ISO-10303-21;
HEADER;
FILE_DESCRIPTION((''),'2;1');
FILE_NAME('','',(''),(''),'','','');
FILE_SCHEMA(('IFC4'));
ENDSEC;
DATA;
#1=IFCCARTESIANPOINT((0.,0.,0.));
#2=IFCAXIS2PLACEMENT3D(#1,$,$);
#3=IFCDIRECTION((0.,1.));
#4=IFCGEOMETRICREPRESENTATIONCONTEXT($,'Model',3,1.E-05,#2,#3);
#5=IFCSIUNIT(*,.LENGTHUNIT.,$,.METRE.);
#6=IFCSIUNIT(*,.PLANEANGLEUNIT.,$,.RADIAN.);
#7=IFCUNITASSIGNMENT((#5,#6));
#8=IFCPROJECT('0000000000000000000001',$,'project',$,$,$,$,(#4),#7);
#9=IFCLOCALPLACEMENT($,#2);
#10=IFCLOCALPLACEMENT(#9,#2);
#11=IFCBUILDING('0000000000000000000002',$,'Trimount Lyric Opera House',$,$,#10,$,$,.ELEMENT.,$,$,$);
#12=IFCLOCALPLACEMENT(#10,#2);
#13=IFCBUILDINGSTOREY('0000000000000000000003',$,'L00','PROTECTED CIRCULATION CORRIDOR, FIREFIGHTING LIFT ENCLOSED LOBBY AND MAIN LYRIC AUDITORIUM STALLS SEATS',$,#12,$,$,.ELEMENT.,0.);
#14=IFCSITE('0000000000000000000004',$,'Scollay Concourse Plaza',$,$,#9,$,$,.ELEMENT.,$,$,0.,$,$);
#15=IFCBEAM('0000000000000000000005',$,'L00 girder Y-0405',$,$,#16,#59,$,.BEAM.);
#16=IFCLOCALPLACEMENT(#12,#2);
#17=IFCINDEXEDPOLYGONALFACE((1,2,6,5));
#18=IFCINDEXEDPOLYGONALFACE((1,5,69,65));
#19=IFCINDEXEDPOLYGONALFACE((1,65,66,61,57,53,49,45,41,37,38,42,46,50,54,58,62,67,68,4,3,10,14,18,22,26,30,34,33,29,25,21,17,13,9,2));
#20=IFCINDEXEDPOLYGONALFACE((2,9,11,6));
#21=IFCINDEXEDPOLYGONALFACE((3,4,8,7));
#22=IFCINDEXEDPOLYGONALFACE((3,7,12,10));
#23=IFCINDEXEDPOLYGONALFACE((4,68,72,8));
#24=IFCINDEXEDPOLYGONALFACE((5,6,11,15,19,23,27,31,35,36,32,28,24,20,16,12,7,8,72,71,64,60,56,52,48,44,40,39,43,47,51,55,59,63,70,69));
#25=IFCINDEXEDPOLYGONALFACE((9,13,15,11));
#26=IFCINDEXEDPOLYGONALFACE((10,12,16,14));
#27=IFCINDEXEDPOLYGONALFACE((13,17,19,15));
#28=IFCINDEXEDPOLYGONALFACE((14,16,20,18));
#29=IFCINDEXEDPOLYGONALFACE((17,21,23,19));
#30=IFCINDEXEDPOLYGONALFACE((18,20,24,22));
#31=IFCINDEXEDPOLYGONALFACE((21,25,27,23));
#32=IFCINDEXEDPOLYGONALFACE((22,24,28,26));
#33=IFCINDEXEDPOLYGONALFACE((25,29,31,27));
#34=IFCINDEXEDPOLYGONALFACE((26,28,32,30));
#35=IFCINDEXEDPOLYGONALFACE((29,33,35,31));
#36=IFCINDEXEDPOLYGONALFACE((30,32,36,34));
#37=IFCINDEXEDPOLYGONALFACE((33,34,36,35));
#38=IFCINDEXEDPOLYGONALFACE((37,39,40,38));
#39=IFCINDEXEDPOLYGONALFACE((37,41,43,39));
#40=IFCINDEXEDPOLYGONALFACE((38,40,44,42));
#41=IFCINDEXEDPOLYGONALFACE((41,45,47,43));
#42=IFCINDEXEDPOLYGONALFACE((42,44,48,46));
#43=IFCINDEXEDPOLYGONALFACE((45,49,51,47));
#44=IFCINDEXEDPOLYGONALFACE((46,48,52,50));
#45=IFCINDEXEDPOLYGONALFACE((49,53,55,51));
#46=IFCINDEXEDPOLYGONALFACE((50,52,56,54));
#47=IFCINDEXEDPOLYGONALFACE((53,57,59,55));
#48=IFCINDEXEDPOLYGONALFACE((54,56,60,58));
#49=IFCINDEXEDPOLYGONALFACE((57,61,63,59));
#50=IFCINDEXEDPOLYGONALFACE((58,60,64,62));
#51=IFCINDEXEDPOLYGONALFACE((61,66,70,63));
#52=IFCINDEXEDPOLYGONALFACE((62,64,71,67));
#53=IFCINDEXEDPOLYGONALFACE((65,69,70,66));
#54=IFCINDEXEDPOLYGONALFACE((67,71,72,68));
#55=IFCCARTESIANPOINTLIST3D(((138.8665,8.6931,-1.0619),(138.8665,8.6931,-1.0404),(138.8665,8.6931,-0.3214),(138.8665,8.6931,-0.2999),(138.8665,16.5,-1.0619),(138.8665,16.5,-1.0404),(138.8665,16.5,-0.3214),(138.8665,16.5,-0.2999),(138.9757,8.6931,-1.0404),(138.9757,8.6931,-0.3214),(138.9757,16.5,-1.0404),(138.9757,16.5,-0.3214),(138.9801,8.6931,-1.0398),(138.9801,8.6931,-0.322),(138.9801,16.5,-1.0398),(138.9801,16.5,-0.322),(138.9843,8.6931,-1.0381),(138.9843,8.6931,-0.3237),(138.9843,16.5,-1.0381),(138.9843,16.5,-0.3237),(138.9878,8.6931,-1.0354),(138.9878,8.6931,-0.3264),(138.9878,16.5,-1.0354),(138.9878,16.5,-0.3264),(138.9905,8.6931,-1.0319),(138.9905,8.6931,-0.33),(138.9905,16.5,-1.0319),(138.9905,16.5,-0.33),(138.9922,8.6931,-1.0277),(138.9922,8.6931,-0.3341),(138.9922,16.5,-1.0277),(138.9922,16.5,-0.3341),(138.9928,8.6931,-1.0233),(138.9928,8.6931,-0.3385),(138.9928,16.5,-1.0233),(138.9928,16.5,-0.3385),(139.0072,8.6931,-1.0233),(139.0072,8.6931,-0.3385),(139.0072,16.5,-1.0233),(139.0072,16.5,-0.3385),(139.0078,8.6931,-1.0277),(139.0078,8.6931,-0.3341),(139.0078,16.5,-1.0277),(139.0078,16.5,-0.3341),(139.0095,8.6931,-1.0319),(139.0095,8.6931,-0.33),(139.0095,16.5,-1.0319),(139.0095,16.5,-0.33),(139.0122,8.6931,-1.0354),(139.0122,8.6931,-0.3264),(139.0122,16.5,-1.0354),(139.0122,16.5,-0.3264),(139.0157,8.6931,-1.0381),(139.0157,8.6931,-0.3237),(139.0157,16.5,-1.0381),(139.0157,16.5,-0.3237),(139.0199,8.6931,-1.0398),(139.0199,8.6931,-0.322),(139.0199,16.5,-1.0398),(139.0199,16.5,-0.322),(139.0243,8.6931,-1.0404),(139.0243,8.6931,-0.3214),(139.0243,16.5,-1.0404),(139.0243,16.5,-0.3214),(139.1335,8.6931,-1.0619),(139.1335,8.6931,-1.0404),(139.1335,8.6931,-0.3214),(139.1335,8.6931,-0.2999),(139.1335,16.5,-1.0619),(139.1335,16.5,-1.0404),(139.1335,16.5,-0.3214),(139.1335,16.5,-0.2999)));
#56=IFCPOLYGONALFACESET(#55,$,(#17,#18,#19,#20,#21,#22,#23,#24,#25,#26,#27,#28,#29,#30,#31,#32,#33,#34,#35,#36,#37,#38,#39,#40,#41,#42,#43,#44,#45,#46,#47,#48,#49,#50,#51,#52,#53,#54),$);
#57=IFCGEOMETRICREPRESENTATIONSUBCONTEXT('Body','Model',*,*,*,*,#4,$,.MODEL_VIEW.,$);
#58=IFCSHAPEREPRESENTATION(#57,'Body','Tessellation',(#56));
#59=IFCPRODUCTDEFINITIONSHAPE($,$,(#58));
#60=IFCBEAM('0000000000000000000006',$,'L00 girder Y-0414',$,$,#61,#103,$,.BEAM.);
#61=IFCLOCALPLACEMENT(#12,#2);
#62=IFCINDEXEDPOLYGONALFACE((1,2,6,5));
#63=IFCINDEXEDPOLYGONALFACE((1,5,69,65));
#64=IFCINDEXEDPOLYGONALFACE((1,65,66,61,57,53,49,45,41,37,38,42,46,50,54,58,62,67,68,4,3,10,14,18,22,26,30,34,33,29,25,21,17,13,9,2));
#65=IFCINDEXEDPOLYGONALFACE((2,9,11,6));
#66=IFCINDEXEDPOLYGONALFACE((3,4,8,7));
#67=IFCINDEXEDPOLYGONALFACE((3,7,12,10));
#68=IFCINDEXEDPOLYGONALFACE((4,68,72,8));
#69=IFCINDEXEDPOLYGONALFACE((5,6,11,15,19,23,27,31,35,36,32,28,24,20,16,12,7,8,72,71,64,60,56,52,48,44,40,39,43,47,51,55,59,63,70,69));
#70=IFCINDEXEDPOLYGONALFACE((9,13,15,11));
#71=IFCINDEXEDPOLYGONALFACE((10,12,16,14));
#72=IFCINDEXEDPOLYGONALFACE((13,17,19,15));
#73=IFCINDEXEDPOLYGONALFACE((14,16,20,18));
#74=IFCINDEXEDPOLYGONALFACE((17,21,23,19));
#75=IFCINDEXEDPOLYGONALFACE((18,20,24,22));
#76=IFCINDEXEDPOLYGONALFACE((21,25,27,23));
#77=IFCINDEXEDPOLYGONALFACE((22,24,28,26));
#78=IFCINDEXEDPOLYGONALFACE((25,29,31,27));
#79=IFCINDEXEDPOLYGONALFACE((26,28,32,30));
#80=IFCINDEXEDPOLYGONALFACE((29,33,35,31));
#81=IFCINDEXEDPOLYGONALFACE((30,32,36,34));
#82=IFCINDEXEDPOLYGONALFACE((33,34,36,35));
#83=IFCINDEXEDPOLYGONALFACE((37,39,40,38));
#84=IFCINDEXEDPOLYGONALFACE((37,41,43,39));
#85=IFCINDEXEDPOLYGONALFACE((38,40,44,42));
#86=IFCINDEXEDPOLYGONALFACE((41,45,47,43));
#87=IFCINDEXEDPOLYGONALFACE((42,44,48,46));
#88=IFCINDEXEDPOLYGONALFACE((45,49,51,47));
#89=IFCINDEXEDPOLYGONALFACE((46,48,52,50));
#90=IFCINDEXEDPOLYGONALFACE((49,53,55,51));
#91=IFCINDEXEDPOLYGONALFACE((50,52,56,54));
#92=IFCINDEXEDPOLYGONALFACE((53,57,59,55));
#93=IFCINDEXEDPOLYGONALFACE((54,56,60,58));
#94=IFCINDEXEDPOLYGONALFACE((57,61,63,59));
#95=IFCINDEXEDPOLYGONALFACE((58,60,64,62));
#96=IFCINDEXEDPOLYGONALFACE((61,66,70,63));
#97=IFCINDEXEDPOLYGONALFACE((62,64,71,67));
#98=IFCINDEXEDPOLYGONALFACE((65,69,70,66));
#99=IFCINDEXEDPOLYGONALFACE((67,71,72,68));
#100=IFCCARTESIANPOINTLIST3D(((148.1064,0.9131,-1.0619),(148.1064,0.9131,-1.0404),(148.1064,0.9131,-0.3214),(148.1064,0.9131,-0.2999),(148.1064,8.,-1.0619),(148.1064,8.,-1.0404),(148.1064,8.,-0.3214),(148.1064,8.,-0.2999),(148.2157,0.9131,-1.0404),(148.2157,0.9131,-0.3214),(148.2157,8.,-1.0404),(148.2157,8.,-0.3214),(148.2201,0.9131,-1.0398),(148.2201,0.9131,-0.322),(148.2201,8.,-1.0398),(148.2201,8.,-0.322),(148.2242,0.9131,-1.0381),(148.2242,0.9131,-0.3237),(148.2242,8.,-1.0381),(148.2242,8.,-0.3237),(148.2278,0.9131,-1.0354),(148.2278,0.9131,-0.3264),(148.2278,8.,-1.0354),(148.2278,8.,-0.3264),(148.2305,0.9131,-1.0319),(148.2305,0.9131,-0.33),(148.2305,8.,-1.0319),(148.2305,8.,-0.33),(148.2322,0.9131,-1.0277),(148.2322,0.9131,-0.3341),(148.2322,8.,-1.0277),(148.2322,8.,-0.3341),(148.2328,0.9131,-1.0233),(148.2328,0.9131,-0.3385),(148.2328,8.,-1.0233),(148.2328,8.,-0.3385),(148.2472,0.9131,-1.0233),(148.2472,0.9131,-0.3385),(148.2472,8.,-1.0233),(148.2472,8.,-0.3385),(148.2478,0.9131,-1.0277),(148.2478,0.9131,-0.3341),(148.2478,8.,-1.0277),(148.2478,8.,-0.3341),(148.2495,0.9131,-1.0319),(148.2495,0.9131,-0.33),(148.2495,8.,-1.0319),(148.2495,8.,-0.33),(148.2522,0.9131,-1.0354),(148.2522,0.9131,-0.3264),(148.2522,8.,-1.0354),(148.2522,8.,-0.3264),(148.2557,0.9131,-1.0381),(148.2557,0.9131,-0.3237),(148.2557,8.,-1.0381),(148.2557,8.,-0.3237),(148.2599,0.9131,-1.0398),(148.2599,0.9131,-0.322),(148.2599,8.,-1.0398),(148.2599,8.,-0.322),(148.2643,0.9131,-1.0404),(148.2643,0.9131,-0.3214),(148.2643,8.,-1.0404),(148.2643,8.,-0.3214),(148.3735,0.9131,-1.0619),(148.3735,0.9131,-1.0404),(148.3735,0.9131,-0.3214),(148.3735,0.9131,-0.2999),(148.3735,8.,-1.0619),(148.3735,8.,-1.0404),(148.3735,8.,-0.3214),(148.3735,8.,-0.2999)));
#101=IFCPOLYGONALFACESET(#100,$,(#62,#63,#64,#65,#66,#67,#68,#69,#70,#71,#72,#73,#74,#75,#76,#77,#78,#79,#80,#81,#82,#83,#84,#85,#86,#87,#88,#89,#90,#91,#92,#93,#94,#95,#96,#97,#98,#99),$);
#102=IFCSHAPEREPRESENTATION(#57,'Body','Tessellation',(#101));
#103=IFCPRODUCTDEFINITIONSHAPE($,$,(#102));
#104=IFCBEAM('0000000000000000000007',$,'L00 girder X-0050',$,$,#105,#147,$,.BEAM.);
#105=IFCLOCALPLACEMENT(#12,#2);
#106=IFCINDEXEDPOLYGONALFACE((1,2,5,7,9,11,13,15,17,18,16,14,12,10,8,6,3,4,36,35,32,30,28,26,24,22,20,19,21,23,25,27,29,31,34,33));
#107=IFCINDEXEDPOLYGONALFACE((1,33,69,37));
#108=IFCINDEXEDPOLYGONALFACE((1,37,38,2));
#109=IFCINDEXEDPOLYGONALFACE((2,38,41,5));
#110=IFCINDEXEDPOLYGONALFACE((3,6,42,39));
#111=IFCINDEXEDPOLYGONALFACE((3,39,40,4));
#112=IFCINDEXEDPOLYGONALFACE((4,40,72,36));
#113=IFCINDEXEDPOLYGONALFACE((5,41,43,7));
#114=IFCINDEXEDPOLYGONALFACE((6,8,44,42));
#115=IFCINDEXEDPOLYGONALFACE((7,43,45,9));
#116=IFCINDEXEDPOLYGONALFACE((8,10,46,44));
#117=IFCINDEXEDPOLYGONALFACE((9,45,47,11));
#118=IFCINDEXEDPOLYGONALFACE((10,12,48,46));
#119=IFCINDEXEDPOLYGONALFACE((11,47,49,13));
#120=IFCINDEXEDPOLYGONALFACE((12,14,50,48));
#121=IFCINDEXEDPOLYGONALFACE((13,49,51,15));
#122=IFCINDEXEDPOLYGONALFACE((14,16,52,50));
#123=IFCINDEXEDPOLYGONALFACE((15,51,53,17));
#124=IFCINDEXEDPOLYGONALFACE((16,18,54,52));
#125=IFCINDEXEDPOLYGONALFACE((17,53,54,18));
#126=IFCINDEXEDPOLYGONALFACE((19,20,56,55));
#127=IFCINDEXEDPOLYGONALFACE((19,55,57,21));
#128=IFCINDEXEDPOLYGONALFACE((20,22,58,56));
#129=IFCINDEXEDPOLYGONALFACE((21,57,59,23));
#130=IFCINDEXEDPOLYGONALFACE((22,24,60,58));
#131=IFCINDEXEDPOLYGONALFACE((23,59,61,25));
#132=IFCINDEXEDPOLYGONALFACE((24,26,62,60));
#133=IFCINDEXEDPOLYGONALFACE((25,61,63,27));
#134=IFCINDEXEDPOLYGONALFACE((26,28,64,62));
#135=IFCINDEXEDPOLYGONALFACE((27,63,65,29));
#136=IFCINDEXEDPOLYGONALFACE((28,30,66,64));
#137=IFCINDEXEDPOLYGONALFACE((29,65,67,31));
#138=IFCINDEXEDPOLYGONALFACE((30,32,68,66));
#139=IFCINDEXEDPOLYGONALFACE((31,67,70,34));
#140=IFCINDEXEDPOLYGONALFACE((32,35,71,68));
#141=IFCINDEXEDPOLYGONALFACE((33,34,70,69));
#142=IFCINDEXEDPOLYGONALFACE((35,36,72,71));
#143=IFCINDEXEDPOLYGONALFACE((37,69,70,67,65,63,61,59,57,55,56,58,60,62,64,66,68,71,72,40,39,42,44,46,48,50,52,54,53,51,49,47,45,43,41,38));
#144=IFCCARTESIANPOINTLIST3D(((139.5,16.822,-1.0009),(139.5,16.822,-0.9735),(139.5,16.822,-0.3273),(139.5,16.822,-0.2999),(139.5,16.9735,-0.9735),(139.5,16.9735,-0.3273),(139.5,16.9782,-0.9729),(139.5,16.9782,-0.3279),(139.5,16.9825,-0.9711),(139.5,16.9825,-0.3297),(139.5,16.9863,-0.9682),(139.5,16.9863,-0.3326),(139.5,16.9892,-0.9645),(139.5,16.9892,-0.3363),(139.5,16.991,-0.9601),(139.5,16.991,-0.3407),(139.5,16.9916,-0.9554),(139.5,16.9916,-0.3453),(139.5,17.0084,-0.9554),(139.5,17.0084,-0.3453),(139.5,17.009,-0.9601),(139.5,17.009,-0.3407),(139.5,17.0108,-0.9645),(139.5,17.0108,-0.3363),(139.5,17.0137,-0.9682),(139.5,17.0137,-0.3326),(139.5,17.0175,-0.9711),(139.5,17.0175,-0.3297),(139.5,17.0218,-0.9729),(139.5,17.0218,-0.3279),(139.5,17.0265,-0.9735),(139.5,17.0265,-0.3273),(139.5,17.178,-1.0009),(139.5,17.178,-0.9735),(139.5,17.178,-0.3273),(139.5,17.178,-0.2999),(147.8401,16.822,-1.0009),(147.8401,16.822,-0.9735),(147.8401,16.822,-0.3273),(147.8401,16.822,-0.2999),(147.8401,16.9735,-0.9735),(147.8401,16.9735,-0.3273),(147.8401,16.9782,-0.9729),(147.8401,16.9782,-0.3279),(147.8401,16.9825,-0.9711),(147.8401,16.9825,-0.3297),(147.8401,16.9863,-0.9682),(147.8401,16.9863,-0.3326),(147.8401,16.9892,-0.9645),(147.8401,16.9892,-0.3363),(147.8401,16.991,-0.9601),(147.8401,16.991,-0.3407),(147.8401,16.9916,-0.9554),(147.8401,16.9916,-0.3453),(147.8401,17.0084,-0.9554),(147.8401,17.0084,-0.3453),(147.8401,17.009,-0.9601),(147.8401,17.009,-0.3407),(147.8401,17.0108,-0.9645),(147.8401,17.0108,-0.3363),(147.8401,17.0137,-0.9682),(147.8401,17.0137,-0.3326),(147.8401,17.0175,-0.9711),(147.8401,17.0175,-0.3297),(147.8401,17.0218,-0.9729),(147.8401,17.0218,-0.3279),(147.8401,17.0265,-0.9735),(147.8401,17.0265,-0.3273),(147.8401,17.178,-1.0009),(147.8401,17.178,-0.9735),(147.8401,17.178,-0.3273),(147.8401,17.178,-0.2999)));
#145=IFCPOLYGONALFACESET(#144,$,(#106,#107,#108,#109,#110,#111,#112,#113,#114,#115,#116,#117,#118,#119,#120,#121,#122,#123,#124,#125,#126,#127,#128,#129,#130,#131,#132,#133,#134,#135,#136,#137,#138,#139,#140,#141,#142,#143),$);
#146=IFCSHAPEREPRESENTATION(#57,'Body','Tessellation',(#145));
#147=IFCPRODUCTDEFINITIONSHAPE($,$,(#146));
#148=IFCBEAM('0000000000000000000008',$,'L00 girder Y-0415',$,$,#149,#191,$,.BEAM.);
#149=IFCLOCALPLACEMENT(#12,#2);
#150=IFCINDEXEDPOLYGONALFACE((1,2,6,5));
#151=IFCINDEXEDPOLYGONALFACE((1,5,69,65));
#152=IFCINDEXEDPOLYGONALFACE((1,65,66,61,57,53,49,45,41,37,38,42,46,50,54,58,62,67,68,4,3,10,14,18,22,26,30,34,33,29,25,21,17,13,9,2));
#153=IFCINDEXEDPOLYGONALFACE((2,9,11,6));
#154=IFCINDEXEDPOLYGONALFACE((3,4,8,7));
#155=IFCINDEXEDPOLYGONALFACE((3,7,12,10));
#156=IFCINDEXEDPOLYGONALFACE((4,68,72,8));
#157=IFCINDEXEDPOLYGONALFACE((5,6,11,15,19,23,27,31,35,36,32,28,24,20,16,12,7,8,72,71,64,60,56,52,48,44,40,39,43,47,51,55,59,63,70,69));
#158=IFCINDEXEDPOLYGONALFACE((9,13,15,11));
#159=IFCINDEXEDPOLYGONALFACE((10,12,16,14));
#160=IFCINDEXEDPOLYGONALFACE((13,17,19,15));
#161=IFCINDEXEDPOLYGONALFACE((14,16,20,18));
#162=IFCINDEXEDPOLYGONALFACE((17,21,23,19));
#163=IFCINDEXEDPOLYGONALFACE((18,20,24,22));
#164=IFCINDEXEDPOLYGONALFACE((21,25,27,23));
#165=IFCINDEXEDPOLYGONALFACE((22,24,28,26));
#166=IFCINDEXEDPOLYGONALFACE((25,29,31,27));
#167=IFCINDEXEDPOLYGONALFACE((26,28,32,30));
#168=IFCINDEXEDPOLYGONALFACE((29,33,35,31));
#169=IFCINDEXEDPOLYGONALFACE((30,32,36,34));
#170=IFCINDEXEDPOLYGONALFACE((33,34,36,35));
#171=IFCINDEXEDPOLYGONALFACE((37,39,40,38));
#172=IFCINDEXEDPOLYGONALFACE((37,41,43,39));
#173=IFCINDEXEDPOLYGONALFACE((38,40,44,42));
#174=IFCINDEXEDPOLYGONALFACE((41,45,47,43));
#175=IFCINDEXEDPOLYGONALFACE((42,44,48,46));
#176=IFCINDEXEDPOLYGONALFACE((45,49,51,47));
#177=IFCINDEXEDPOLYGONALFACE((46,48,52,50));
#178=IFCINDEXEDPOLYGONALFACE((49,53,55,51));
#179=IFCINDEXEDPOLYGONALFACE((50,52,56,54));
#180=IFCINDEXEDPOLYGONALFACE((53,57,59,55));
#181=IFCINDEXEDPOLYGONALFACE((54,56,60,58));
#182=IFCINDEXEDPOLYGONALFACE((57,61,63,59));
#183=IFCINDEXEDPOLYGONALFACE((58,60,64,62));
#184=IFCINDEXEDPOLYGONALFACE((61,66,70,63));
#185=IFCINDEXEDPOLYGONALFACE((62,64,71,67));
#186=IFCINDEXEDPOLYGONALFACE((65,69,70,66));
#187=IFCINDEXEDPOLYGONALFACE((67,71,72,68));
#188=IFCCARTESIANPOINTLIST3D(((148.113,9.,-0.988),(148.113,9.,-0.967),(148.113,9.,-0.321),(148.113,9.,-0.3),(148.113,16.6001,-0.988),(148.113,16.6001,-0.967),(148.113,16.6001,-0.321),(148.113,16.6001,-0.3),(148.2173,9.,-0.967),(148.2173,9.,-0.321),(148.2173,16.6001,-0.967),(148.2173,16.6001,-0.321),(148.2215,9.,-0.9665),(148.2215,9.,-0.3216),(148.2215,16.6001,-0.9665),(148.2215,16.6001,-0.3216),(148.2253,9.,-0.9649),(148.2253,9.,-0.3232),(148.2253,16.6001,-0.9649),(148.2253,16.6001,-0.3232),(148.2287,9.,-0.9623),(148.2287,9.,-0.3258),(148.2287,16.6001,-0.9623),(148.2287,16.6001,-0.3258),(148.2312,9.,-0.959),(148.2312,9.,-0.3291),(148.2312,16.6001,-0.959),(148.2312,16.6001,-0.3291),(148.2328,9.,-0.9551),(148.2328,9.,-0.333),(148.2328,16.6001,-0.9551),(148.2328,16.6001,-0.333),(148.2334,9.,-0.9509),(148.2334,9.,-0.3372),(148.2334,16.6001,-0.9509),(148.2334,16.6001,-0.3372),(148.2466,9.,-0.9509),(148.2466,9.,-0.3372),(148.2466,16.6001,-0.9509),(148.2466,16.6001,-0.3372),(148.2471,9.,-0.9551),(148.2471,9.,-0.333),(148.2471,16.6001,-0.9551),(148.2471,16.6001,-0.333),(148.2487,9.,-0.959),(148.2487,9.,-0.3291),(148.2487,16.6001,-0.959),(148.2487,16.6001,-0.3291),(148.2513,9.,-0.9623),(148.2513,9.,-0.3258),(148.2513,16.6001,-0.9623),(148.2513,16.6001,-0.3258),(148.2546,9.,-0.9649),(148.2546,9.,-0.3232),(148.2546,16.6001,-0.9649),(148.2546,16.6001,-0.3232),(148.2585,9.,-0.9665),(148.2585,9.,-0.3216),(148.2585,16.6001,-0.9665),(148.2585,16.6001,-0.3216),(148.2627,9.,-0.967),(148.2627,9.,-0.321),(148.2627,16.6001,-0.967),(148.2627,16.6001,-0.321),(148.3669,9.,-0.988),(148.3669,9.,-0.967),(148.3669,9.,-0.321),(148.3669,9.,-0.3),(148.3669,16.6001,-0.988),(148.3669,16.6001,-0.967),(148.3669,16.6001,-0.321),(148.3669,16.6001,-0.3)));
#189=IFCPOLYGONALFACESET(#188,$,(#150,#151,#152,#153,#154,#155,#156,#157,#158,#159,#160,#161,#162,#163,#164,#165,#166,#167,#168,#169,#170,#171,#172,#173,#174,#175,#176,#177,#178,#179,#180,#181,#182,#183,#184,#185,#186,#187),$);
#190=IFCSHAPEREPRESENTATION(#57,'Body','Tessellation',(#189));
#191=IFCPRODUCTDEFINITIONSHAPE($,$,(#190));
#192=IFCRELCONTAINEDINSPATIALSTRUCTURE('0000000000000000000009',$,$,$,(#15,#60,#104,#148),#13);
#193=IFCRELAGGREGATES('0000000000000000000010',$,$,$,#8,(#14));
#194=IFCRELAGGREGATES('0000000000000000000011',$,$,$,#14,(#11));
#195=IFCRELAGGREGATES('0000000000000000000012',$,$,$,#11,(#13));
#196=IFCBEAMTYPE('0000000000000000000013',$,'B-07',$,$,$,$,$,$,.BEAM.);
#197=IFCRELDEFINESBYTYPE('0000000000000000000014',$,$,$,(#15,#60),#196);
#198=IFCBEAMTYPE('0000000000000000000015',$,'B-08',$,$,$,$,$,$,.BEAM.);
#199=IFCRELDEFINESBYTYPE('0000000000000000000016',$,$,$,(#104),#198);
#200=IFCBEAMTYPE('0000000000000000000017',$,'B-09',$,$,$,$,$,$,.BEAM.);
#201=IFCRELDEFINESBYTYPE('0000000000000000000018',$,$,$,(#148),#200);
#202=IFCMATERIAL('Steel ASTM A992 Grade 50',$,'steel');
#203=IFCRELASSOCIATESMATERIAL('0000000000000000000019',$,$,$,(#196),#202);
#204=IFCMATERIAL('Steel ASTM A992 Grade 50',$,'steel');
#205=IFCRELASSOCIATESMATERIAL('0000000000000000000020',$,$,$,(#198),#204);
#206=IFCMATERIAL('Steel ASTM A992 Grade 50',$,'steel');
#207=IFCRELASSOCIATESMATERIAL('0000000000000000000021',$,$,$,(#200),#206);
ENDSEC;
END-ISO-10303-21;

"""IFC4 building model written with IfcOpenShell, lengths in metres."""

from ifc_helpers import new_model, si_unit, direction, frame, origin, origin_2d, place, context, subcontext, project, spatial, i_section, extrude, material, material_profile, profile_set, type_object, element, save


model = new_model("IFC4")

# Units and contexts
model_context = context("Model", 3, precision=1e-05, world=origin(), true_north=direction((0.0, 1.0)))
body_context = subcontext(model_context, "Body", "Model", "MODEL_VIEW")
ifc_project = project(units=[si_unit("LENGTHUNIT", "METRE"), si_unit("PLANEANGLEUNIT", "RADIAN")], contexts=[model_context])

# Site, building, storey
site_placement = place(None, origin())
site = spatial("IfcSite", under=ifc_project, at=site_placement, Name="Scollay Concourse Plaza", CompositionType="ELEMENT", RefElevation=0.0)
building_placement = place(site_placement, origin())
building = spatial("IfcBuilding", under=site, at=building_placement, Name="Trimount Lyric Opera House", CompositionType="ELEMENT")
storey_placement = place(building_placement, origin())
storey = spatial("IfcBuildingStorey", under=building, at=storey_placement, Name="L00", Description="PROTECTED CIRCULATION CORRIDOR, FIREFIGHTING LIFT ENCLOSED LOBBY AND MAIN LYRIC AUDITORIUM STALLS SEATS", CompositionType="ELEMENT", Elevation=0.0)

# Beams
ifc_material_1 = material(Name="Steel ASTM A992 Grade 50", Category="steel")
ifc_material_profile_1 = material_profile(ifc_material_1, i_section(OverallWidth=0.2671, OverallDepth=0.762, WebThickness=0.0144, FlangeThickness=0.0215, FilletRadius=0.0171, at=origin_2d()), Name="W30X116")
ifc_profile_set_1 = profile_set([ifc_material_profile_1], Name="Steel ASTM A992 Grade 50")
beam_type_1 = type_object("IfcBeamType", Name="B-07", PredefinedType="BEAM", material=ifc_profile_set_1)
beam_1_placement = place(storey_placement, frame((139.0, 8.6931, -0.6809), z_axis=(0.0, 1.0, 0.0), x_axis=(-1.0, 0.0, 0.0)))
element("IfcBeam", 1, at=beam_1_placement, inside=storey, type_object=beam_type_1, Name="L00 girder Y-0405", PredefinedType="BEAM", context=body_context, shape_type="SweptSolid", body=[
    extrude(i_section(OverallWidth=0.2671, OverallDepth=0.762, WebThickness=0.0144, FlangeThickness=0.0215, FilletRadius=0.0171, at=origin_2d()), origin(), (0.0, 0.0, 1.0), 7.8069),
])
beam_2_placement = place(storey_placement, frame((148.24, 0.9131, -0.6809), z_axis=(0.0, 1.0, 0.0), x_axis=(-1.0, 0.0, 0.0)))
element("IfcBeam", 2, at=beam_2_placement, inside=storey, type_object=beam_type_1, Name="L00 girder Y-0414", PredefinedType="BEAM", context=body_context, shape_type="SweptSolid", body=[
    extrude(i_section(OverallWidth=0.2671, OverallDepth=0.762, WebThickness=0.0144, FlangeThickness=0.0215, FilletRadius=0.0171, at=origin_2d()), origin(), (0.0, 0.0, 1.0), 7.0869),
])
ifc_material_2 = material(Name="Steel ASTM A992 Grade 50", Category="steel")
ifc_material_profile_2 = material_profile(ifc_material_2, i_section(OverallWidth=0.356, OverallDepth=0.7009, WebThickness=0.0168, FlangeThickness=0.0273, FilletRadius=0.0181, at=origin_2d()), Name="W27X161")
ifc_profile_set_2 = profile_set([ifc_material_profile_2], Name="Steel ASTM A992 Grade 50")
beam_type_2 = type_object("IfcBeamType", Name="B-08", PredefinedType="BEAM", material=ifc_profile_set_2)
beam_3_placement = place(storey_placement, frame((139.5, 17.0, -0.6504), z_axis=(1.0, 0.0, 0.0), x_axis=(0.0, 1.0, 0.0)))
element("IfcBeam", 3, at=beam_3_placement, inside=storey, type_object=beam_type_2, Name="L00 girder X-0050", PredefinedType="BEAM", context=body_context, shape_type="SweptSolid", body=[
    extrude(i_section(OverallWidth=0.356, OverallDepth=0.7009, WebThickness=0.0168, FlangeThickness=0.0273, FilletRadius=0.0181, at=origin_2d()), origin(), (0.0, 0.0, 1.0), 8.3401),
])
ifc_material_3 = material(Name="Steel ASTM A992 Grade 50", Category="steel")
ifc_material_profile_3 = material_profile(ifc_material_3, i_section(OverallWidth=0.2539, OverallDepth=0.688, WebThickness=0.0132, FlangeThickness=0.021, FilletRadius=0.0161, at=origin_2d()), Name="W27X102")
ifc_profile_set_3 = profile_set([ifc_material_profile_3], Name="Steel ASTM A992 Grade 50")
beam_type_3 = type_object("IfcBeamType", Name="B-09", PredefinedType="BEAM", material=ifc_profile_set_3)
beam_4_placement = place(storey_placement, frame((148.24, 9.0, -0.644), z_axis=(0.0, 1.0, 0.0), x_axis=(-1.0, 0.0, 0.0)))
element("IfcBeam", 4, at=beam_4_placement, inside=storey, type_object=beam_type_3, Name="L00 girder Y-0415", PredefinedType="BEAM", context=body_context, shape_type="SweptSolid", body=[
    extrude(i_section(OverallWidth=0.2539, OverallDepth=0.688, WebThickness=0.0132, FlangeThickness=0.021, FilletRadius=0.0161, at=origin_2d()), origin(), (0.0, 0.0, 1.0), 7.6001),
])

save(model, "model.ifc")
